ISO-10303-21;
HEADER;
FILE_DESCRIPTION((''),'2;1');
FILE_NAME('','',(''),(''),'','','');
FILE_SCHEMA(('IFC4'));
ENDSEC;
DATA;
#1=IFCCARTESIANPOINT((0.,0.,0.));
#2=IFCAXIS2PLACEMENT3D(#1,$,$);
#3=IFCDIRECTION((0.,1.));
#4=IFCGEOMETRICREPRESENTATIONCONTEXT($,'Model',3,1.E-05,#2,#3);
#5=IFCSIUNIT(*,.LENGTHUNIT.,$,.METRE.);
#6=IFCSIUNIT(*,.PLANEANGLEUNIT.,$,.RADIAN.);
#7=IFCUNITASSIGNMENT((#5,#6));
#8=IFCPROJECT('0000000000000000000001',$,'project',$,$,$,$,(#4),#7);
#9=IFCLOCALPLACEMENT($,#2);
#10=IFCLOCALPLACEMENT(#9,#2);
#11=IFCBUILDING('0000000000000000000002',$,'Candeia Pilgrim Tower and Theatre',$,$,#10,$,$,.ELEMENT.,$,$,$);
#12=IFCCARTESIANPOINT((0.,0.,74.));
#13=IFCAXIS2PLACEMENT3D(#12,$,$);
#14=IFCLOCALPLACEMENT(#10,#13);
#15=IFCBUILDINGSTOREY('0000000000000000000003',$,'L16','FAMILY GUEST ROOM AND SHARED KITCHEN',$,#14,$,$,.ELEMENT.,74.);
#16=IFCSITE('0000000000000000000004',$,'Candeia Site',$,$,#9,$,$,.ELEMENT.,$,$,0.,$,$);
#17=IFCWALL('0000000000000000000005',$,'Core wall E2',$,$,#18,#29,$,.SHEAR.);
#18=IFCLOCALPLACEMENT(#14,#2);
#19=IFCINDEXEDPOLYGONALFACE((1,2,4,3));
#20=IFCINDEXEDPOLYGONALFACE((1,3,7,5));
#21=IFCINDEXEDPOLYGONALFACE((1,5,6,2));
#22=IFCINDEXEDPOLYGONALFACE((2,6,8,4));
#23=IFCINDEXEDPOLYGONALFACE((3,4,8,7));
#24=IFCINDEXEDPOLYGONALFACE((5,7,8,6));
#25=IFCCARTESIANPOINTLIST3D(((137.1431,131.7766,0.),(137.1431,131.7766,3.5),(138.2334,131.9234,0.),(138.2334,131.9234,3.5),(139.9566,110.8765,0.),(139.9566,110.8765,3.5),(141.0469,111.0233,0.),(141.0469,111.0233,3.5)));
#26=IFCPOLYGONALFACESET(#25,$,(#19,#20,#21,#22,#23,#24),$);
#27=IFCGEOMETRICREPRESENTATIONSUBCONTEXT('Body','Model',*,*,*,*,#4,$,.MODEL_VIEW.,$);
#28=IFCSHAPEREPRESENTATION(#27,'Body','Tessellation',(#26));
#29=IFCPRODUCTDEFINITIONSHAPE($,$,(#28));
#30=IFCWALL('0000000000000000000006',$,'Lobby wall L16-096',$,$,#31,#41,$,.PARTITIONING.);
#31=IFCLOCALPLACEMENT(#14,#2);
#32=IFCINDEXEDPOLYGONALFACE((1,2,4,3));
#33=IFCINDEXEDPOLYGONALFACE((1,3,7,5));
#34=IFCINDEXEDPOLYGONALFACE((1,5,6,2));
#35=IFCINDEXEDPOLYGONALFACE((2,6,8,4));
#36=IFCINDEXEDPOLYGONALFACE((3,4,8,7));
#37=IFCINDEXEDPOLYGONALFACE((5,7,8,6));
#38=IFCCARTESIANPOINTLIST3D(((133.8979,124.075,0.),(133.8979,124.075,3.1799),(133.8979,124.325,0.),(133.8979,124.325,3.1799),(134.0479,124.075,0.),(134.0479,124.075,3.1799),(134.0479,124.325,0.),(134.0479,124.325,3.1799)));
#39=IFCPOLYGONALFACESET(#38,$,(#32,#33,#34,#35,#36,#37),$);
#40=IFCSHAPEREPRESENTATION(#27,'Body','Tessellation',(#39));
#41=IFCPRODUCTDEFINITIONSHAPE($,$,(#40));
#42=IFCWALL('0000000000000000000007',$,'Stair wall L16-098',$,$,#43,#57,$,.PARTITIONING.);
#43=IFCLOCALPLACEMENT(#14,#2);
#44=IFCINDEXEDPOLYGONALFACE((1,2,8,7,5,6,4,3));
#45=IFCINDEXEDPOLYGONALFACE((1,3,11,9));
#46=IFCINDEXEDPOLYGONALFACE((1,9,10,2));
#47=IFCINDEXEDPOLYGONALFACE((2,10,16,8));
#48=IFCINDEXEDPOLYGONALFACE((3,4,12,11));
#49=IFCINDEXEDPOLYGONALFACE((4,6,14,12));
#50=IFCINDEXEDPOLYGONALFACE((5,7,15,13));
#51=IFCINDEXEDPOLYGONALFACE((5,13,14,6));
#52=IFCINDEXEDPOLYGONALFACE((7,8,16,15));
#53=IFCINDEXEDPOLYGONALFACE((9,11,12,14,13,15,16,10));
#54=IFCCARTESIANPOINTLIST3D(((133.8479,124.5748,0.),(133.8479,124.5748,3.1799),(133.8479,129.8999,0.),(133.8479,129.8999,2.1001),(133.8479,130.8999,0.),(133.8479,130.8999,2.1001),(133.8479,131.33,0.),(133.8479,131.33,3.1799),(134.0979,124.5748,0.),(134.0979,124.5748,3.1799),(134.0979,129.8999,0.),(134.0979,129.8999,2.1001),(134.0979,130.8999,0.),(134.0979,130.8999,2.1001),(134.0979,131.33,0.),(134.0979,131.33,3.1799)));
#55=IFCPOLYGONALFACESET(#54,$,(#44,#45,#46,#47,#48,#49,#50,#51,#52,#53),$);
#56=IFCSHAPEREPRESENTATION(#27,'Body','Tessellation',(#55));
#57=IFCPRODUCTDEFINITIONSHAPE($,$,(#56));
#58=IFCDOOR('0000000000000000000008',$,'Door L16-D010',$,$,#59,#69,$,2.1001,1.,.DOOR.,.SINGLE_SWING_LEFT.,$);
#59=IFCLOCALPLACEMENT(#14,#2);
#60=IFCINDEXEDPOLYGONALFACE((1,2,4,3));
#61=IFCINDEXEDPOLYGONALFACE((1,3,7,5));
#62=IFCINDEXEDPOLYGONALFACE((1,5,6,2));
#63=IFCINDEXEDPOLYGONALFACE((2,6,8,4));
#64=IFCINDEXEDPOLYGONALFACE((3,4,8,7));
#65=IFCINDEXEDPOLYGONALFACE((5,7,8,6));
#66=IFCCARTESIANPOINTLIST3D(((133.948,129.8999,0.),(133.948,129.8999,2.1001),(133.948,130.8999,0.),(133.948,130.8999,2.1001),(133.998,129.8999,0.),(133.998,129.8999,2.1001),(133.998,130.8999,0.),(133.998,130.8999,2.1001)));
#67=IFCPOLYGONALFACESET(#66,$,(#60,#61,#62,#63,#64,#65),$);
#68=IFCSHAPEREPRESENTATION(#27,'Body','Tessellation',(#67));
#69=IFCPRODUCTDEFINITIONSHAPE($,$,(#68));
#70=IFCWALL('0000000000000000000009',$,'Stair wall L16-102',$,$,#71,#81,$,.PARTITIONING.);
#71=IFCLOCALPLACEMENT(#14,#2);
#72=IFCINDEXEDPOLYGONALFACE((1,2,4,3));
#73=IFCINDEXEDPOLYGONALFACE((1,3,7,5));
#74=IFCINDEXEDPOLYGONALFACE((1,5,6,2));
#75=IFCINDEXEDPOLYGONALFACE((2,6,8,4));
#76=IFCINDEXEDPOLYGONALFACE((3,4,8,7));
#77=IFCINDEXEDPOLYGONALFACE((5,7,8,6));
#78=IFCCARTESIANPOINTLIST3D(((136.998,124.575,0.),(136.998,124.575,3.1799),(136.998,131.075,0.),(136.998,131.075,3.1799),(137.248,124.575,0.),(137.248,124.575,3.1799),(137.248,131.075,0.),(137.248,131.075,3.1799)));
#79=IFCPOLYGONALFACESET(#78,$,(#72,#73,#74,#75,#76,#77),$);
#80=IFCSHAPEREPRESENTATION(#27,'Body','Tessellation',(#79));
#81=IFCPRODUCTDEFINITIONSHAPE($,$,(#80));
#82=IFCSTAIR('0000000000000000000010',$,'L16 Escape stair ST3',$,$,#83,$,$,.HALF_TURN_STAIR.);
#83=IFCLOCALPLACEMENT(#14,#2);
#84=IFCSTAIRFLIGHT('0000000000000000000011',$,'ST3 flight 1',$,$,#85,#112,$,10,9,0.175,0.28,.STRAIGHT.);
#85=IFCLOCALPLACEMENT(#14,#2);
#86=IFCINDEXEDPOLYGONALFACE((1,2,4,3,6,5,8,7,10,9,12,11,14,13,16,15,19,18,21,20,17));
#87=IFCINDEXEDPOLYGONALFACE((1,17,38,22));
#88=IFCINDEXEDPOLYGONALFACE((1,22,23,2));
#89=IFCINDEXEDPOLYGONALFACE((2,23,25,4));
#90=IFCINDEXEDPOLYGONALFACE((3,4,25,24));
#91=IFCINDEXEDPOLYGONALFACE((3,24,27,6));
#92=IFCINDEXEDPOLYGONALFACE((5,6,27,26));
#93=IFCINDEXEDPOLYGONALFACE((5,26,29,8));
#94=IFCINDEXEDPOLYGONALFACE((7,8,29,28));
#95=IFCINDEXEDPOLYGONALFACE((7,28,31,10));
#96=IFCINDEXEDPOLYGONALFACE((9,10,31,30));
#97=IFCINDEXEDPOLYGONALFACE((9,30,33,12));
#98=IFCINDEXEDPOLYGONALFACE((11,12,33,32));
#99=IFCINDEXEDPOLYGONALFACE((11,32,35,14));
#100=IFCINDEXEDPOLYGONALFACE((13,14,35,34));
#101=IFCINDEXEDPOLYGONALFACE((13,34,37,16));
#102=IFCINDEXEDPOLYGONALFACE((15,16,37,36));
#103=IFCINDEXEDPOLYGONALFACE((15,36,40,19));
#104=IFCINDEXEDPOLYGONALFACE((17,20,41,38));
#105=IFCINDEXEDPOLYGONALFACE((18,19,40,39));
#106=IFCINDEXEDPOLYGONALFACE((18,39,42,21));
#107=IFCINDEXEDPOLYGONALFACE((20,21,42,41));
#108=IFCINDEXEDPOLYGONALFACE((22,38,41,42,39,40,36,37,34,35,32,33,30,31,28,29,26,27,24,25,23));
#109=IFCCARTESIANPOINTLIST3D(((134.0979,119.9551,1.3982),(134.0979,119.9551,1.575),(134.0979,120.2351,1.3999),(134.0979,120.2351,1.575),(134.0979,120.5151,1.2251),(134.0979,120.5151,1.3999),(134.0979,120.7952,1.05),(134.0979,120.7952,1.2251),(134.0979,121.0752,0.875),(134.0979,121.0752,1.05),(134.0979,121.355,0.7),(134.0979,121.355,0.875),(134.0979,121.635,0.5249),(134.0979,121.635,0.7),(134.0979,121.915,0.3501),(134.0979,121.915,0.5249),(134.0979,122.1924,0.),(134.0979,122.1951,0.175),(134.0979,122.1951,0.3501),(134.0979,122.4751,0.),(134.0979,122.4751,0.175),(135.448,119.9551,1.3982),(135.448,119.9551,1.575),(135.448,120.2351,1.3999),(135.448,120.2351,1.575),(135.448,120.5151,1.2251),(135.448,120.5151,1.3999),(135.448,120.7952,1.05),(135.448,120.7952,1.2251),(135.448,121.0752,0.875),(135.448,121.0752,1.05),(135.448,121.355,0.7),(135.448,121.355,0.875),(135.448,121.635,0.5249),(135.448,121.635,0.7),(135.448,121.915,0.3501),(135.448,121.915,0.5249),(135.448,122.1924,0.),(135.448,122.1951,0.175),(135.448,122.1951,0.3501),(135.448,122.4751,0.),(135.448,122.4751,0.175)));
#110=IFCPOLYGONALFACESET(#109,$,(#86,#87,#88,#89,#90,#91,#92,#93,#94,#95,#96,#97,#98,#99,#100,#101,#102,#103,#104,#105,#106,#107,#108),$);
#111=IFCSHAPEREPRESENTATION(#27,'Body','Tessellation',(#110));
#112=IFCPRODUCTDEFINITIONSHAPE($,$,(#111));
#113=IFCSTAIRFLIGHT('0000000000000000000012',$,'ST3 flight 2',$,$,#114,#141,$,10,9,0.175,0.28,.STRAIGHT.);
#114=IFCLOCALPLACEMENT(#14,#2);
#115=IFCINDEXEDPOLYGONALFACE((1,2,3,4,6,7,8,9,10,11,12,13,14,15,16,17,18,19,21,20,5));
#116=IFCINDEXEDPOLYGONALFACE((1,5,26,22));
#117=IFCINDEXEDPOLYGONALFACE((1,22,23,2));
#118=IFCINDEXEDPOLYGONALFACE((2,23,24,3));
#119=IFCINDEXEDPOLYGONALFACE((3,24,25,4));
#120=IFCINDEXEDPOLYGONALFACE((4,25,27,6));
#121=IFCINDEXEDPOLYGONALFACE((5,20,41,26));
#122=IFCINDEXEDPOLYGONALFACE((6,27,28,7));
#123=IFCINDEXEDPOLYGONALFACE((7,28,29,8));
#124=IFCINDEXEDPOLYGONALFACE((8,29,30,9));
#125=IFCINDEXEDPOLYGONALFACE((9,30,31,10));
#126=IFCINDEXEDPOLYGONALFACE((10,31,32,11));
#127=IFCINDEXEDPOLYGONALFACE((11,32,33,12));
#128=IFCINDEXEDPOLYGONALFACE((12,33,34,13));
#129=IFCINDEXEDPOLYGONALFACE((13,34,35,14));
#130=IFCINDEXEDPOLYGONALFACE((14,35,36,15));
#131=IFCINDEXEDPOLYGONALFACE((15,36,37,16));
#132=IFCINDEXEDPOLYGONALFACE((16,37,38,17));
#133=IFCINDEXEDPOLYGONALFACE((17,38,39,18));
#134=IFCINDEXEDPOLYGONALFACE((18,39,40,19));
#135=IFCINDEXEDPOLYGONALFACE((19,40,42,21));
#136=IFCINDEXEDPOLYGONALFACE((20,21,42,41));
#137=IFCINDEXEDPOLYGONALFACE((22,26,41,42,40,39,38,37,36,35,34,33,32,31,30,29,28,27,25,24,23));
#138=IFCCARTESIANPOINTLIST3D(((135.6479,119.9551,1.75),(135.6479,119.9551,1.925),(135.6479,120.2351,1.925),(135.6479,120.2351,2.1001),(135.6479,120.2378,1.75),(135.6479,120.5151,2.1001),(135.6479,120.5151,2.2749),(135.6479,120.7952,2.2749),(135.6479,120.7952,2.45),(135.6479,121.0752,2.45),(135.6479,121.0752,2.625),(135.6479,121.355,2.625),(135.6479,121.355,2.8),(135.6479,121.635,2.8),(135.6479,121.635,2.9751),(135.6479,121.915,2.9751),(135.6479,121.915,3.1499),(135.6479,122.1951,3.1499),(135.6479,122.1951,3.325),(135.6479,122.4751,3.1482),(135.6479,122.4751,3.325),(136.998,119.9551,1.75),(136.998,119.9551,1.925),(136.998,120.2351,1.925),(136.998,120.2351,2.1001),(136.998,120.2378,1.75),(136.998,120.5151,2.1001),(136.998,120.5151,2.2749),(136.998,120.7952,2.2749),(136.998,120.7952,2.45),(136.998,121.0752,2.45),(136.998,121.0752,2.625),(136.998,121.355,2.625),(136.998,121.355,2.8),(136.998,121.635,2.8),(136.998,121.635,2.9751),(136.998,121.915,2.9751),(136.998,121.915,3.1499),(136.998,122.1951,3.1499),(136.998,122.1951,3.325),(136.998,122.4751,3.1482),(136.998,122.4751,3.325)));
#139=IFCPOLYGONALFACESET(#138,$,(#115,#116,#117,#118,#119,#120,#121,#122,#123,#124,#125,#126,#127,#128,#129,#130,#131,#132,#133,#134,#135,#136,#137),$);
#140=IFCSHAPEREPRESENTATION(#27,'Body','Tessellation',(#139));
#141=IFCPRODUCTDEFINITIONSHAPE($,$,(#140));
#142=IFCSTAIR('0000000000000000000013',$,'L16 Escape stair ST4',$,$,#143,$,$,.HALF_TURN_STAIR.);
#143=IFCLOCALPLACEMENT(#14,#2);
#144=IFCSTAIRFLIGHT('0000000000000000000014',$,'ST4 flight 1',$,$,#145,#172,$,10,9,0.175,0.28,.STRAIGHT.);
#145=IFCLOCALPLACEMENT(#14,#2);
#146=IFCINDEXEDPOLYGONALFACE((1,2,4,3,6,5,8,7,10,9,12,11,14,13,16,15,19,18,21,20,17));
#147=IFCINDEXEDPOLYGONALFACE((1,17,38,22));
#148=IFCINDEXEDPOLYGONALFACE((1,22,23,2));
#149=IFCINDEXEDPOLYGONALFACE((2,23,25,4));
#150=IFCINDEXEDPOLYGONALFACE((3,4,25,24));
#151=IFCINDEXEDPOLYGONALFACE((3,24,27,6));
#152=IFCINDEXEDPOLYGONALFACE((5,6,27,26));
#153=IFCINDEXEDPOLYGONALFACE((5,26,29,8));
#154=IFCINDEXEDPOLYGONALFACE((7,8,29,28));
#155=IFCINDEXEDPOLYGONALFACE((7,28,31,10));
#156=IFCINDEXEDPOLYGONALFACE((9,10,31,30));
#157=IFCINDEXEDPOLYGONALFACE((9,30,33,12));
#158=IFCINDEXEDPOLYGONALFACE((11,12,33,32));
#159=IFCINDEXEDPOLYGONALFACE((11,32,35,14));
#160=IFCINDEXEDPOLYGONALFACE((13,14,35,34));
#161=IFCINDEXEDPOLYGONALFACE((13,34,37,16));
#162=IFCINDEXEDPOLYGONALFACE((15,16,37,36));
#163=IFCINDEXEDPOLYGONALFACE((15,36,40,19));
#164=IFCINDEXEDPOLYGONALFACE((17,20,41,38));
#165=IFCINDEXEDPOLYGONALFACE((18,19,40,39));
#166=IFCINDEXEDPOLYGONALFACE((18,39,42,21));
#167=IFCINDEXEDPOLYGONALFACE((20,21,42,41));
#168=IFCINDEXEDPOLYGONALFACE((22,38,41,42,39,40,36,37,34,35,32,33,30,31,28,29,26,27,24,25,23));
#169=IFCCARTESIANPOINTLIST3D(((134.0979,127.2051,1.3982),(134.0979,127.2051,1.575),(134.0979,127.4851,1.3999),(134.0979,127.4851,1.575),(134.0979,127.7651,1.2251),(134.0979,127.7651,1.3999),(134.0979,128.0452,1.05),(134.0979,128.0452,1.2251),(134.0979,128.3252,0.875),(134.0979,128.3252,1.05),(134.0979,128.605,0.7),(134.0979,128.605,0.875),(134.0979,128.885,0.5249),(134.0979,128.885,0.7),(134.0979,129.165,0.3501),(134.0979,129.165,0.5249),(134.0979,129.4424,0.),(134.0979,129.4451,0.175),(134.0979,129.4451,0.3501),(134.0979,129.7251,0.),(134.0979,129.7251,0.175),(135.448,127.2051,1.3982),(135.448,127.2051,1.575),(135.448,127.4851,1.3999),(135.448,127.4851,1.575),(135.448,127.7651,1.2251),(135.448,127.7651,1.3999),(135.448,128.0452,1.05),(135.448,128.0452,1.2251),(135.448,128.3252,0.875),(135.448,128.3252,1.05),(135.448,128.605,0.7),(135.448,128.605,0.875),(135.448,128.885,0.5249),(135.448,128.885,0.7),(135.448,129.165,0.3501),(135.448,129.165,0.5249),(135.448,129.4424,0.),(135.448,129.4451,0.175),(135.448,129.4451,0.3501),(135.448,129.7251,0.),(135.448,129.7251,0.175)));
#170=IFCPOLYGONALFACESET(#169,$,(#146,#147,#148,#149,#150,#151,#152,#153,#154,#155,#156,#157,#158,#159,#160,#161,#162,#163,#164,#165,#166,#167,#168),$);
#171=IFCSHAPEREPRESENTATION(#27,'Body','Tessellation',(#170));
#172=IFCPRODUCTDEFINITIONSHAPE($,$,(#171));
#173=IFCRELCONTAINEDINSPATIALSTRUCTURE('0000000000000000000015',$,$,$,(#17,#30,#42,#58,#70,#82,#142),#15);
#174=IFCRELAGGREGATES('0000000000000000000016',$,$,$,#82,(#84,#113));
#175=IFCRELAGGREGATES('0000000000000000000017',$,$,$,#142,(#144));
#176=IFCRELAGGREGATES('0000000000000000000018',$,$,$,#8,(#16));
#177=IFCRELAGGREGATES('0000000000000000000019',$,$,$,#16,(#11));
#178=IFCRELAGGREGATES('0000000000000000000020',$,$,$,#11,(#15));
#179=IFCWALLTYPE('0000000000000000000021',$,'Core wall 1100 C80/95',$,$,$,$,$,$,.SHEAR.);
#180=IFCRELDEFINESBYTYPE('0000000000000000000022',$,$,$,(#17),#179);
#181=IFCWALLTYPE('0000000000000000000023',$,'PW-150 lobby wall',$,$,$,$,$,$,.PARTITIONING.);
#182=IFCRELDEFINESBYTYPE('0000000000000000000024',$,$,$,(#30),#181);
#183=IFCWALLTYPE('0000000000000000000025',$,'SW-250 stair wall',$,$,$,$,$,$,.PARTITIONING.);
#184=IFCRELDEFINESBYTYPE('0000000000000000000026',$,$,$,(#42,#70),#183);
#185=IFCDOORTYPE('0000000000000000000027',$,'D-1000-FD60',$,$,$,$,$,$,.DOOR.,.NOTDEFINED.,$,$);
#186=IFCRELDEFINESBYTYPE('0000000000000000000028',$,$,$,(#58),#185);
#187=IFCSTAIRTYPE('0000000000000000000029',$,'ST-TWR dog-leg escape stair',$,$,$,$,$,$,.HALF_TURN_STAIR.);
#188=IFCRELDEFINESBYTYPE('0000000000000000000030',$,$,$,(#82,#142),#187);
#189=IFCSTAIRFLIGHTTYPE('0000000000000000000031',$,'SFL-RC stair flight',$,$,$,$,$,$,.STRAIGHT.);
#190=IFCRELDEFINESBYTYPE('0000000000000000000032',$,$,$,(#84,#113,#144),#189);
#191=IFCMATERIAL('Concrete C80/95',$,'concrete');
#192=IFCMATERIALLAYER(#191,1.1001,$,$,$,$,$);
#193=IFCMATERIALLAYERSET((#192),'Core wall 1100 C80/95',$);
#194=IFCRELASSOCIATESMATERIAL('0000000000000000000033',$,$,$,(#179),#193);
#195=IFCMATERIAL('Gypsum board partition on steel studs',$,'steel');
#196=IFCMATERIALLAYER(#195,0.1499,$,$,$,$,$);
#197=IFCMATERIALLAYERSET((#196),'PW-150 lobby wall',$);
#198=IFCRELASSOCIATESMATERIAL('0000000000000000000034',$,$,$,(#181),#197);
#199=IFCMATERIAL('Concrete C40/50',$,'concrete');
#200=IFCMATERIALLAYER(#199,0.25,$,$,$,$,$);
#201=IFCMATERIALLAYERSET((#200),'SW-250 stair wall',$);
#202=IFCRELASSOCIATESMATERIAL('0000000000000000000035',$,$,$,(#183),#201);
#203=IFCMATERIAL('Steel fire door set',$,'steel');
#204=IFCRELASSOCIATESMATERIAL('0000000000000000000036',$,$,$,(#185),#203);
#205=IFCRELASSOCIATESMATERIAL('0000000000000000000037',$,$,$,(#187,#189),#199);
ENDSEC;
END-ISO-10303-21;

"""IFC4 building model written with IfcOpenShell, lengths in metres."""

from ifc_helpers import new_model, si_unit, direction, frame, frame_2d, origin, place, context, subcontext, project, spatial, polyline, rectangle, outline, extrude, material, layer, layer_set, type_object, element, fill, aggregate, save


model = new_model("IFC4")

# Units and contexts
model_context = context("Model", 3, precision=1e-05, world=origin(), true_north=direction((0.0, 1.0)))
body_context = subcontext(model_context, "Body", "Model", "MODEL_VIEW")
ifc_project = project(units=[si_unit("LENGTHUNIT", "METRE"), si_unit("PLANEANGLEUNIT", "RADIAN")], contexts=[model_context])

# Site, building, storey
site_placement = place(None, origin())
site = spatial("IfcSite", under=ifc_project, at=site_placement, Name="Candeia Site", CompositionType="ELEMENT", RefElevation=0.0)
building_placement = place(site_placement, origin())
building = spatial("IfcBuilding", under=site, at=building_placement, Name="Candeia Pilgrim Tower and Theatre", CompositionType="ELEMENT")
storey_placement = place(building_placement, frame((0.0, 0.0, 74.0)))
storey = spatial("IfcBuildingStorey", under=building, at=storey_placement, Name="L16", Description="FAMILY GUEST ROOM AND SHARED KITCHEN", CompositionType="ELEMENT", Elevation=74.0)

# Wall
ifc_material_1 = material(Name="Concrete C80/95", Category="concrete")
ifc_layer_1 = layer(ifc_material_1, 1.1001)
ifc_layer_set_1 = layer_set([ifc_layer_1], Name="Core wall 1100 C80/95")
wall_type_1 = type_object("IfcWallType", Name="Core wall 1100 C80/95", PredefinedType="SHEAR", material=ifc_layer_set_1)
wall_1_placement = place(storey_placement, frame((137.6882, 131.8501, 0.0), z_axis=(0.0, 0.0, 1.0), x_axis=(0.133412, -0.991061, 0.0)))
element("IfcWall", 1, at=wall_1_placement, inside=storey, type_object=wall_type_1, Name="Core wall E2", PredefinedType="SHEAR", context=body_context, shape_type="SweptSolid", body=[
    extrude(rectangle(XDim=21.0886, YDim=1.1001, at=frame_2d((10.5444, 0.0))), origin(), (0.0, 0.0, 1.0), 3.5),
])

# Wall
ifc_material_2 = material(Name="Gypsum board partition on steel studs", Category="steel")
ifc_layer_2 = layer(ifc_material_2, 0.1499)
ifc_layer_set_2 = layer_set([ifc_layer_2], Name="PW-150 lobby wall")
wall_type_2 = type_object("IfcWallType", Name="PW-150 lobby wall", PredefinedType="PARTITIONING", material=ifc_layer_set_2)
wall_2_placement = place(storey_placement, frame((133.9729, 124.075, 0.0), z_axis=(0.0, 0.0, 1.0), x_axis=(0.0, 1.0, 0.0)))
element("IfcWall", 2, at=wall_2_placement, inside=storey, type_object=wall_type_2, Name="Lobby wall L16-096", PredefinedType="PARTITIONING", context=body_context, shape_type="SweptSolid", body=[
    extrude(rectangle(XDim=0.25, YDim=0.1499, at=frame_2d((0.125, 0.0))), origin(), (0.0, 0.0, 1.0), 3.1799),
])

# Wall, opening, door
ifc_material_3 = material(Name="Concrete C40/50", Category="concrete")
ifc_layer_3 = layer(ifc_material_3, 0.25)
ifc_layer_set_3 = layer_set([ifc_layer_3], Name="SW-250 stair wall")
wall_type_3 = type_object("IfcWallType", Name="SW-250 stair wall", PredefinedType="PARTITIONING", material=ifc_layer_set_3)
wall_3_placement = place(storey_placement, frame((133.9729, 124.575, 0.0), z_axis=(0.0, 0.0, 1.0), x_axis=(0.0, 1.0, 0.0)))
wall_3 = element("IfcWall", 3, at=wall_3_placement, inside=storey, type_object=wall_type_3, Name="Stair wall L16-098", PredefinedType="PARTITIONING", context=body_context, shape_type="SweptSolid", body=[
    extrude(rectangle(XDim=6.7551, YDim=0.25, at=frame_2d((3.3774, 0.0))), origin(), (0.0, 0.0, 1.0), 3.1799),
])
opening_1_placement = place(wall_3_placement, frame((5.325, 0.0, 0.0)))
opening_1 = element("IfcOpeningElement", 4, at=opening_1_placement, cuts=wall_3, PredefinedType="OPENING", context=body_context, shape_type="SweptSolid", body=[
    extrude(rectangle(XDim=1.0, YDim=2.1001, at=frame_2d((0.5, 1.05))), frame((0.0, 0.135, 0.0), z_axis=(0.0, -1.0, 0.0), x_axis=(1.0, 0.0, 0.0)), (0.0, 0.0, 1.0), 0.27),
])
ifc_material_4 = material(Name="Steel fire door set", Category="steel")
door_type_1 = type_object("IfcDoorType", Name="D-1000-FD60", OperationType="NOTDEFINED", PredefinedType="DOOR", material=ifc_material_4)
door_1_placement = place(opening_1_placement, origin())
door_1 = element("IfcDoor", 5, at=door_1_placement, inside=storey, type_object=door_type_1, Name="Door L16-D010", OperationType="SINGLE_SWING_LEFT", OverallHeight=2.1001, OverallWidth=1.0, PredefinedType="DOOR", context=body_context, shape_type="SweptSolid", body=[
    extrude(rectangle(XDim=1.0, YDim=2.1001, at=frame_2d((0.5, 1.05))), frame((0.0, 0.0249, 0.0), z_axis=(0.0, -1.0, 0.0), x_axis=(1.0, 0.0, 0.0)), (0.0, 0.0, 1.0), 0.05),
])
fill(opening_1, door_1)

# Wall
wall_4_placement = place(storey_placement, frame((137.123, 124.575, 0.0), z_axis=(0.0, 0.0, 1.0), x_axis=(0.0, 1.0, 0.0)))
element("IfcWall", 6, at=wall_4_placement, inside=storey, type_object=wall_type_3, Name="Stair wall L16-102", PredefinedType="PARTITIONING", context=body_context, shape_type="SweptSolid", body=[
    extrude(rectangle(XDim=6.5, YDim=0.25, at=frame_2d((3.25, 0.0))), origin(), (0.0, 0.0, 1.0), 3.1799),
])

# Stairs, stair flights
stair_type = type_object("IfcStairType", Name="ST-TWR dog-leg escape stair", PredefinedType="HALF_TURN_STAIR", material=ifc_material_3)
stair_1_placement = place(storey_placement, origin())
stair_1 = element("IfcStair", 7, at=stair_1_placement, inside=storey, type_object=stair_type, Name="L16 Escape stair ST3", PredefinedType="HALF_TURN_STAIR")
stair_flight_type = type_object("IfcStairFlightType", Name="SFL-RC stair flight", PredefinedType="STRAIGHT", material=ifc_material_3)
stair_flight_1_placement = place(storey_placement, frame((134.7729, 122.4751, 0.0), z_axis=(0.0, 0.0, 1.0), x_axis=(0.0, -1.0, 0.0)))
stair_flight_1 = element("IfcStairFlight", 8, at=stair_flight_1_placement, type_object=stair_flight_type, Name="ST3 flight 1", NumberOfRisers=10, NumberOfTreads=9, PredefinedType="STRAIGHT", RiserHeight=0.175, TreadLength=0.28, context=body_context, shape_type="SweptSolid", body=[
    extrude(outline(polyline([(0.0, 0.0), (0.0, 0.175), (0.28, 0.175), (0.28, 0.3501), (0.5601, 0.3501), (0.5601, 0.5249), (0.8401, 0.5249), (0.8401, 0.7), (1.1201, 0.7), (1.1201, 0.875), (1.3999, 0.875), (1.3999, 1.05), (1.6799, 1.05), (1.6799, 1.2251), (1.96, 1.2251), (1.96, 1.3999), (2.24, 1.3999), (2.24, 1.575), (2.52, 1.575), (2.52, 1.75), (2.52, 1.3982), (0.2827, 0.0), (0.0, 0.0)])), frame((0.0, 0.675, 0.0), z_axis=(0.0, -1.0, 0.0), x_axis=(1.0, 0.0, 0.0)), (0.0, 0.0, 1.0), 1.3501),
])
stair_flight_2_placement = place(storey_placement, frame((136.323, 119.9551, 1.75), z_axis=(0.0, 0.0, 1.0), x_axis=(0.0, 1.0, 0.0)))
stair_flight_2 = element("IfcStairFlight", 9, at=stair_flight_2_placement, type_object=stair_flight_type, Name="ST3 flight 2", NumberOfRisers=10, NumberOfTreads=9, PredefinedType="STRAIGHT", RiserHeight=0.175, TreadLength=0.28, context=body_context, shape_type="SweptSolid", body=[
    extrude(outline(polyline([(0.0, 0.0), (0.0, 0.175), (0.28, 0.175), (0.28, 0.3501), (0.5601, 0.3501), (0.5601, 0.5249), (0.8401, 0.5249), (0.8401, 0.7), (1.1201, 0.7), (1.1201, 0.875), (1.3999, 0.875), (1.3999, 1.05), (1.6799, 1.05), (1.6799, 1.2251), (1.96, 1.2251), (1.96, 1.3999), (2.24, 1.3999), (2.24, 1.575), (2.52, 1.575), (2.52, 1.75), (2.52, 1.3982), (0.2827, 0.0), (0.0, 0.0)])), frame((0.0, 0.675, 0.0), z_axis=(0.0, -1.0, 0.0), x_axis=(1.0, 0.0, 0.0)), (0.0, 0.0, 1.0), 1.3501),
])
aggregate(stair_1, [stair_flight_1, stair_flight_2])
stair_2_placement = place(storey_placement, origin())
stair_2 = element("IfcStair", 10, at=stair_2_placement, inside=storey, type_object=stair_type, Name="L16 Escape stair ST4", PredefinedType="HALF_TURN_STAIR")
stair_flight_3_placement = place(storey_placement, frame((134.7729, 129.7251, 0.0), z_axis=(0.0, 0.0, 1.0), x_axis=(0.0, -1.0, 0.0)))
stair_flight_3 = element("IfcStairFlight", 11, at=stair_flight_3_placement, type_object=stair_flight_type, Name="ST4 flight 1", NumberOfRisers=10, NumberOfTreads=9, PredefinedType="STRAIGHT", RiserHeight=0.175, TreadLength=0.28, context=body_context, shape_type="SweptSolid", body=[
    extrude(outline(polyline([(0.0, 0.0), (0.0, 0.175), (0.28, 0.175), (0.28, 0.3501), (0.5601, 0.3501), (0.5601, 0.5249), (0.8401, 0.5249), (0.8401, 0.7), (1.1201, 0.7), (1.1201, 0.875), (1.3999, 0.875), (1.3999, 1.05), (1.6799, 1.05), (1.6799, 1.2251), (1.96, 1.2251), (1.96, 1.3999), (2.24, 1.3999), (2.24, 1.575), (2.52, 1.575), (2.52, 1.75), (2.52, 1.3982), (0.2827, 0.0), (0.0, 0.0)])), frame((0.0, 0.675, 0.0), z_axis=(0.0, -1.0, 0.0), x_axis=(1.0, 0.0, 0.0)), (0.0, 0.0, 1.0), 1.3501),
])
aggregate(stair_2, [stair_flight_3])

save(model, "model.ifc")
